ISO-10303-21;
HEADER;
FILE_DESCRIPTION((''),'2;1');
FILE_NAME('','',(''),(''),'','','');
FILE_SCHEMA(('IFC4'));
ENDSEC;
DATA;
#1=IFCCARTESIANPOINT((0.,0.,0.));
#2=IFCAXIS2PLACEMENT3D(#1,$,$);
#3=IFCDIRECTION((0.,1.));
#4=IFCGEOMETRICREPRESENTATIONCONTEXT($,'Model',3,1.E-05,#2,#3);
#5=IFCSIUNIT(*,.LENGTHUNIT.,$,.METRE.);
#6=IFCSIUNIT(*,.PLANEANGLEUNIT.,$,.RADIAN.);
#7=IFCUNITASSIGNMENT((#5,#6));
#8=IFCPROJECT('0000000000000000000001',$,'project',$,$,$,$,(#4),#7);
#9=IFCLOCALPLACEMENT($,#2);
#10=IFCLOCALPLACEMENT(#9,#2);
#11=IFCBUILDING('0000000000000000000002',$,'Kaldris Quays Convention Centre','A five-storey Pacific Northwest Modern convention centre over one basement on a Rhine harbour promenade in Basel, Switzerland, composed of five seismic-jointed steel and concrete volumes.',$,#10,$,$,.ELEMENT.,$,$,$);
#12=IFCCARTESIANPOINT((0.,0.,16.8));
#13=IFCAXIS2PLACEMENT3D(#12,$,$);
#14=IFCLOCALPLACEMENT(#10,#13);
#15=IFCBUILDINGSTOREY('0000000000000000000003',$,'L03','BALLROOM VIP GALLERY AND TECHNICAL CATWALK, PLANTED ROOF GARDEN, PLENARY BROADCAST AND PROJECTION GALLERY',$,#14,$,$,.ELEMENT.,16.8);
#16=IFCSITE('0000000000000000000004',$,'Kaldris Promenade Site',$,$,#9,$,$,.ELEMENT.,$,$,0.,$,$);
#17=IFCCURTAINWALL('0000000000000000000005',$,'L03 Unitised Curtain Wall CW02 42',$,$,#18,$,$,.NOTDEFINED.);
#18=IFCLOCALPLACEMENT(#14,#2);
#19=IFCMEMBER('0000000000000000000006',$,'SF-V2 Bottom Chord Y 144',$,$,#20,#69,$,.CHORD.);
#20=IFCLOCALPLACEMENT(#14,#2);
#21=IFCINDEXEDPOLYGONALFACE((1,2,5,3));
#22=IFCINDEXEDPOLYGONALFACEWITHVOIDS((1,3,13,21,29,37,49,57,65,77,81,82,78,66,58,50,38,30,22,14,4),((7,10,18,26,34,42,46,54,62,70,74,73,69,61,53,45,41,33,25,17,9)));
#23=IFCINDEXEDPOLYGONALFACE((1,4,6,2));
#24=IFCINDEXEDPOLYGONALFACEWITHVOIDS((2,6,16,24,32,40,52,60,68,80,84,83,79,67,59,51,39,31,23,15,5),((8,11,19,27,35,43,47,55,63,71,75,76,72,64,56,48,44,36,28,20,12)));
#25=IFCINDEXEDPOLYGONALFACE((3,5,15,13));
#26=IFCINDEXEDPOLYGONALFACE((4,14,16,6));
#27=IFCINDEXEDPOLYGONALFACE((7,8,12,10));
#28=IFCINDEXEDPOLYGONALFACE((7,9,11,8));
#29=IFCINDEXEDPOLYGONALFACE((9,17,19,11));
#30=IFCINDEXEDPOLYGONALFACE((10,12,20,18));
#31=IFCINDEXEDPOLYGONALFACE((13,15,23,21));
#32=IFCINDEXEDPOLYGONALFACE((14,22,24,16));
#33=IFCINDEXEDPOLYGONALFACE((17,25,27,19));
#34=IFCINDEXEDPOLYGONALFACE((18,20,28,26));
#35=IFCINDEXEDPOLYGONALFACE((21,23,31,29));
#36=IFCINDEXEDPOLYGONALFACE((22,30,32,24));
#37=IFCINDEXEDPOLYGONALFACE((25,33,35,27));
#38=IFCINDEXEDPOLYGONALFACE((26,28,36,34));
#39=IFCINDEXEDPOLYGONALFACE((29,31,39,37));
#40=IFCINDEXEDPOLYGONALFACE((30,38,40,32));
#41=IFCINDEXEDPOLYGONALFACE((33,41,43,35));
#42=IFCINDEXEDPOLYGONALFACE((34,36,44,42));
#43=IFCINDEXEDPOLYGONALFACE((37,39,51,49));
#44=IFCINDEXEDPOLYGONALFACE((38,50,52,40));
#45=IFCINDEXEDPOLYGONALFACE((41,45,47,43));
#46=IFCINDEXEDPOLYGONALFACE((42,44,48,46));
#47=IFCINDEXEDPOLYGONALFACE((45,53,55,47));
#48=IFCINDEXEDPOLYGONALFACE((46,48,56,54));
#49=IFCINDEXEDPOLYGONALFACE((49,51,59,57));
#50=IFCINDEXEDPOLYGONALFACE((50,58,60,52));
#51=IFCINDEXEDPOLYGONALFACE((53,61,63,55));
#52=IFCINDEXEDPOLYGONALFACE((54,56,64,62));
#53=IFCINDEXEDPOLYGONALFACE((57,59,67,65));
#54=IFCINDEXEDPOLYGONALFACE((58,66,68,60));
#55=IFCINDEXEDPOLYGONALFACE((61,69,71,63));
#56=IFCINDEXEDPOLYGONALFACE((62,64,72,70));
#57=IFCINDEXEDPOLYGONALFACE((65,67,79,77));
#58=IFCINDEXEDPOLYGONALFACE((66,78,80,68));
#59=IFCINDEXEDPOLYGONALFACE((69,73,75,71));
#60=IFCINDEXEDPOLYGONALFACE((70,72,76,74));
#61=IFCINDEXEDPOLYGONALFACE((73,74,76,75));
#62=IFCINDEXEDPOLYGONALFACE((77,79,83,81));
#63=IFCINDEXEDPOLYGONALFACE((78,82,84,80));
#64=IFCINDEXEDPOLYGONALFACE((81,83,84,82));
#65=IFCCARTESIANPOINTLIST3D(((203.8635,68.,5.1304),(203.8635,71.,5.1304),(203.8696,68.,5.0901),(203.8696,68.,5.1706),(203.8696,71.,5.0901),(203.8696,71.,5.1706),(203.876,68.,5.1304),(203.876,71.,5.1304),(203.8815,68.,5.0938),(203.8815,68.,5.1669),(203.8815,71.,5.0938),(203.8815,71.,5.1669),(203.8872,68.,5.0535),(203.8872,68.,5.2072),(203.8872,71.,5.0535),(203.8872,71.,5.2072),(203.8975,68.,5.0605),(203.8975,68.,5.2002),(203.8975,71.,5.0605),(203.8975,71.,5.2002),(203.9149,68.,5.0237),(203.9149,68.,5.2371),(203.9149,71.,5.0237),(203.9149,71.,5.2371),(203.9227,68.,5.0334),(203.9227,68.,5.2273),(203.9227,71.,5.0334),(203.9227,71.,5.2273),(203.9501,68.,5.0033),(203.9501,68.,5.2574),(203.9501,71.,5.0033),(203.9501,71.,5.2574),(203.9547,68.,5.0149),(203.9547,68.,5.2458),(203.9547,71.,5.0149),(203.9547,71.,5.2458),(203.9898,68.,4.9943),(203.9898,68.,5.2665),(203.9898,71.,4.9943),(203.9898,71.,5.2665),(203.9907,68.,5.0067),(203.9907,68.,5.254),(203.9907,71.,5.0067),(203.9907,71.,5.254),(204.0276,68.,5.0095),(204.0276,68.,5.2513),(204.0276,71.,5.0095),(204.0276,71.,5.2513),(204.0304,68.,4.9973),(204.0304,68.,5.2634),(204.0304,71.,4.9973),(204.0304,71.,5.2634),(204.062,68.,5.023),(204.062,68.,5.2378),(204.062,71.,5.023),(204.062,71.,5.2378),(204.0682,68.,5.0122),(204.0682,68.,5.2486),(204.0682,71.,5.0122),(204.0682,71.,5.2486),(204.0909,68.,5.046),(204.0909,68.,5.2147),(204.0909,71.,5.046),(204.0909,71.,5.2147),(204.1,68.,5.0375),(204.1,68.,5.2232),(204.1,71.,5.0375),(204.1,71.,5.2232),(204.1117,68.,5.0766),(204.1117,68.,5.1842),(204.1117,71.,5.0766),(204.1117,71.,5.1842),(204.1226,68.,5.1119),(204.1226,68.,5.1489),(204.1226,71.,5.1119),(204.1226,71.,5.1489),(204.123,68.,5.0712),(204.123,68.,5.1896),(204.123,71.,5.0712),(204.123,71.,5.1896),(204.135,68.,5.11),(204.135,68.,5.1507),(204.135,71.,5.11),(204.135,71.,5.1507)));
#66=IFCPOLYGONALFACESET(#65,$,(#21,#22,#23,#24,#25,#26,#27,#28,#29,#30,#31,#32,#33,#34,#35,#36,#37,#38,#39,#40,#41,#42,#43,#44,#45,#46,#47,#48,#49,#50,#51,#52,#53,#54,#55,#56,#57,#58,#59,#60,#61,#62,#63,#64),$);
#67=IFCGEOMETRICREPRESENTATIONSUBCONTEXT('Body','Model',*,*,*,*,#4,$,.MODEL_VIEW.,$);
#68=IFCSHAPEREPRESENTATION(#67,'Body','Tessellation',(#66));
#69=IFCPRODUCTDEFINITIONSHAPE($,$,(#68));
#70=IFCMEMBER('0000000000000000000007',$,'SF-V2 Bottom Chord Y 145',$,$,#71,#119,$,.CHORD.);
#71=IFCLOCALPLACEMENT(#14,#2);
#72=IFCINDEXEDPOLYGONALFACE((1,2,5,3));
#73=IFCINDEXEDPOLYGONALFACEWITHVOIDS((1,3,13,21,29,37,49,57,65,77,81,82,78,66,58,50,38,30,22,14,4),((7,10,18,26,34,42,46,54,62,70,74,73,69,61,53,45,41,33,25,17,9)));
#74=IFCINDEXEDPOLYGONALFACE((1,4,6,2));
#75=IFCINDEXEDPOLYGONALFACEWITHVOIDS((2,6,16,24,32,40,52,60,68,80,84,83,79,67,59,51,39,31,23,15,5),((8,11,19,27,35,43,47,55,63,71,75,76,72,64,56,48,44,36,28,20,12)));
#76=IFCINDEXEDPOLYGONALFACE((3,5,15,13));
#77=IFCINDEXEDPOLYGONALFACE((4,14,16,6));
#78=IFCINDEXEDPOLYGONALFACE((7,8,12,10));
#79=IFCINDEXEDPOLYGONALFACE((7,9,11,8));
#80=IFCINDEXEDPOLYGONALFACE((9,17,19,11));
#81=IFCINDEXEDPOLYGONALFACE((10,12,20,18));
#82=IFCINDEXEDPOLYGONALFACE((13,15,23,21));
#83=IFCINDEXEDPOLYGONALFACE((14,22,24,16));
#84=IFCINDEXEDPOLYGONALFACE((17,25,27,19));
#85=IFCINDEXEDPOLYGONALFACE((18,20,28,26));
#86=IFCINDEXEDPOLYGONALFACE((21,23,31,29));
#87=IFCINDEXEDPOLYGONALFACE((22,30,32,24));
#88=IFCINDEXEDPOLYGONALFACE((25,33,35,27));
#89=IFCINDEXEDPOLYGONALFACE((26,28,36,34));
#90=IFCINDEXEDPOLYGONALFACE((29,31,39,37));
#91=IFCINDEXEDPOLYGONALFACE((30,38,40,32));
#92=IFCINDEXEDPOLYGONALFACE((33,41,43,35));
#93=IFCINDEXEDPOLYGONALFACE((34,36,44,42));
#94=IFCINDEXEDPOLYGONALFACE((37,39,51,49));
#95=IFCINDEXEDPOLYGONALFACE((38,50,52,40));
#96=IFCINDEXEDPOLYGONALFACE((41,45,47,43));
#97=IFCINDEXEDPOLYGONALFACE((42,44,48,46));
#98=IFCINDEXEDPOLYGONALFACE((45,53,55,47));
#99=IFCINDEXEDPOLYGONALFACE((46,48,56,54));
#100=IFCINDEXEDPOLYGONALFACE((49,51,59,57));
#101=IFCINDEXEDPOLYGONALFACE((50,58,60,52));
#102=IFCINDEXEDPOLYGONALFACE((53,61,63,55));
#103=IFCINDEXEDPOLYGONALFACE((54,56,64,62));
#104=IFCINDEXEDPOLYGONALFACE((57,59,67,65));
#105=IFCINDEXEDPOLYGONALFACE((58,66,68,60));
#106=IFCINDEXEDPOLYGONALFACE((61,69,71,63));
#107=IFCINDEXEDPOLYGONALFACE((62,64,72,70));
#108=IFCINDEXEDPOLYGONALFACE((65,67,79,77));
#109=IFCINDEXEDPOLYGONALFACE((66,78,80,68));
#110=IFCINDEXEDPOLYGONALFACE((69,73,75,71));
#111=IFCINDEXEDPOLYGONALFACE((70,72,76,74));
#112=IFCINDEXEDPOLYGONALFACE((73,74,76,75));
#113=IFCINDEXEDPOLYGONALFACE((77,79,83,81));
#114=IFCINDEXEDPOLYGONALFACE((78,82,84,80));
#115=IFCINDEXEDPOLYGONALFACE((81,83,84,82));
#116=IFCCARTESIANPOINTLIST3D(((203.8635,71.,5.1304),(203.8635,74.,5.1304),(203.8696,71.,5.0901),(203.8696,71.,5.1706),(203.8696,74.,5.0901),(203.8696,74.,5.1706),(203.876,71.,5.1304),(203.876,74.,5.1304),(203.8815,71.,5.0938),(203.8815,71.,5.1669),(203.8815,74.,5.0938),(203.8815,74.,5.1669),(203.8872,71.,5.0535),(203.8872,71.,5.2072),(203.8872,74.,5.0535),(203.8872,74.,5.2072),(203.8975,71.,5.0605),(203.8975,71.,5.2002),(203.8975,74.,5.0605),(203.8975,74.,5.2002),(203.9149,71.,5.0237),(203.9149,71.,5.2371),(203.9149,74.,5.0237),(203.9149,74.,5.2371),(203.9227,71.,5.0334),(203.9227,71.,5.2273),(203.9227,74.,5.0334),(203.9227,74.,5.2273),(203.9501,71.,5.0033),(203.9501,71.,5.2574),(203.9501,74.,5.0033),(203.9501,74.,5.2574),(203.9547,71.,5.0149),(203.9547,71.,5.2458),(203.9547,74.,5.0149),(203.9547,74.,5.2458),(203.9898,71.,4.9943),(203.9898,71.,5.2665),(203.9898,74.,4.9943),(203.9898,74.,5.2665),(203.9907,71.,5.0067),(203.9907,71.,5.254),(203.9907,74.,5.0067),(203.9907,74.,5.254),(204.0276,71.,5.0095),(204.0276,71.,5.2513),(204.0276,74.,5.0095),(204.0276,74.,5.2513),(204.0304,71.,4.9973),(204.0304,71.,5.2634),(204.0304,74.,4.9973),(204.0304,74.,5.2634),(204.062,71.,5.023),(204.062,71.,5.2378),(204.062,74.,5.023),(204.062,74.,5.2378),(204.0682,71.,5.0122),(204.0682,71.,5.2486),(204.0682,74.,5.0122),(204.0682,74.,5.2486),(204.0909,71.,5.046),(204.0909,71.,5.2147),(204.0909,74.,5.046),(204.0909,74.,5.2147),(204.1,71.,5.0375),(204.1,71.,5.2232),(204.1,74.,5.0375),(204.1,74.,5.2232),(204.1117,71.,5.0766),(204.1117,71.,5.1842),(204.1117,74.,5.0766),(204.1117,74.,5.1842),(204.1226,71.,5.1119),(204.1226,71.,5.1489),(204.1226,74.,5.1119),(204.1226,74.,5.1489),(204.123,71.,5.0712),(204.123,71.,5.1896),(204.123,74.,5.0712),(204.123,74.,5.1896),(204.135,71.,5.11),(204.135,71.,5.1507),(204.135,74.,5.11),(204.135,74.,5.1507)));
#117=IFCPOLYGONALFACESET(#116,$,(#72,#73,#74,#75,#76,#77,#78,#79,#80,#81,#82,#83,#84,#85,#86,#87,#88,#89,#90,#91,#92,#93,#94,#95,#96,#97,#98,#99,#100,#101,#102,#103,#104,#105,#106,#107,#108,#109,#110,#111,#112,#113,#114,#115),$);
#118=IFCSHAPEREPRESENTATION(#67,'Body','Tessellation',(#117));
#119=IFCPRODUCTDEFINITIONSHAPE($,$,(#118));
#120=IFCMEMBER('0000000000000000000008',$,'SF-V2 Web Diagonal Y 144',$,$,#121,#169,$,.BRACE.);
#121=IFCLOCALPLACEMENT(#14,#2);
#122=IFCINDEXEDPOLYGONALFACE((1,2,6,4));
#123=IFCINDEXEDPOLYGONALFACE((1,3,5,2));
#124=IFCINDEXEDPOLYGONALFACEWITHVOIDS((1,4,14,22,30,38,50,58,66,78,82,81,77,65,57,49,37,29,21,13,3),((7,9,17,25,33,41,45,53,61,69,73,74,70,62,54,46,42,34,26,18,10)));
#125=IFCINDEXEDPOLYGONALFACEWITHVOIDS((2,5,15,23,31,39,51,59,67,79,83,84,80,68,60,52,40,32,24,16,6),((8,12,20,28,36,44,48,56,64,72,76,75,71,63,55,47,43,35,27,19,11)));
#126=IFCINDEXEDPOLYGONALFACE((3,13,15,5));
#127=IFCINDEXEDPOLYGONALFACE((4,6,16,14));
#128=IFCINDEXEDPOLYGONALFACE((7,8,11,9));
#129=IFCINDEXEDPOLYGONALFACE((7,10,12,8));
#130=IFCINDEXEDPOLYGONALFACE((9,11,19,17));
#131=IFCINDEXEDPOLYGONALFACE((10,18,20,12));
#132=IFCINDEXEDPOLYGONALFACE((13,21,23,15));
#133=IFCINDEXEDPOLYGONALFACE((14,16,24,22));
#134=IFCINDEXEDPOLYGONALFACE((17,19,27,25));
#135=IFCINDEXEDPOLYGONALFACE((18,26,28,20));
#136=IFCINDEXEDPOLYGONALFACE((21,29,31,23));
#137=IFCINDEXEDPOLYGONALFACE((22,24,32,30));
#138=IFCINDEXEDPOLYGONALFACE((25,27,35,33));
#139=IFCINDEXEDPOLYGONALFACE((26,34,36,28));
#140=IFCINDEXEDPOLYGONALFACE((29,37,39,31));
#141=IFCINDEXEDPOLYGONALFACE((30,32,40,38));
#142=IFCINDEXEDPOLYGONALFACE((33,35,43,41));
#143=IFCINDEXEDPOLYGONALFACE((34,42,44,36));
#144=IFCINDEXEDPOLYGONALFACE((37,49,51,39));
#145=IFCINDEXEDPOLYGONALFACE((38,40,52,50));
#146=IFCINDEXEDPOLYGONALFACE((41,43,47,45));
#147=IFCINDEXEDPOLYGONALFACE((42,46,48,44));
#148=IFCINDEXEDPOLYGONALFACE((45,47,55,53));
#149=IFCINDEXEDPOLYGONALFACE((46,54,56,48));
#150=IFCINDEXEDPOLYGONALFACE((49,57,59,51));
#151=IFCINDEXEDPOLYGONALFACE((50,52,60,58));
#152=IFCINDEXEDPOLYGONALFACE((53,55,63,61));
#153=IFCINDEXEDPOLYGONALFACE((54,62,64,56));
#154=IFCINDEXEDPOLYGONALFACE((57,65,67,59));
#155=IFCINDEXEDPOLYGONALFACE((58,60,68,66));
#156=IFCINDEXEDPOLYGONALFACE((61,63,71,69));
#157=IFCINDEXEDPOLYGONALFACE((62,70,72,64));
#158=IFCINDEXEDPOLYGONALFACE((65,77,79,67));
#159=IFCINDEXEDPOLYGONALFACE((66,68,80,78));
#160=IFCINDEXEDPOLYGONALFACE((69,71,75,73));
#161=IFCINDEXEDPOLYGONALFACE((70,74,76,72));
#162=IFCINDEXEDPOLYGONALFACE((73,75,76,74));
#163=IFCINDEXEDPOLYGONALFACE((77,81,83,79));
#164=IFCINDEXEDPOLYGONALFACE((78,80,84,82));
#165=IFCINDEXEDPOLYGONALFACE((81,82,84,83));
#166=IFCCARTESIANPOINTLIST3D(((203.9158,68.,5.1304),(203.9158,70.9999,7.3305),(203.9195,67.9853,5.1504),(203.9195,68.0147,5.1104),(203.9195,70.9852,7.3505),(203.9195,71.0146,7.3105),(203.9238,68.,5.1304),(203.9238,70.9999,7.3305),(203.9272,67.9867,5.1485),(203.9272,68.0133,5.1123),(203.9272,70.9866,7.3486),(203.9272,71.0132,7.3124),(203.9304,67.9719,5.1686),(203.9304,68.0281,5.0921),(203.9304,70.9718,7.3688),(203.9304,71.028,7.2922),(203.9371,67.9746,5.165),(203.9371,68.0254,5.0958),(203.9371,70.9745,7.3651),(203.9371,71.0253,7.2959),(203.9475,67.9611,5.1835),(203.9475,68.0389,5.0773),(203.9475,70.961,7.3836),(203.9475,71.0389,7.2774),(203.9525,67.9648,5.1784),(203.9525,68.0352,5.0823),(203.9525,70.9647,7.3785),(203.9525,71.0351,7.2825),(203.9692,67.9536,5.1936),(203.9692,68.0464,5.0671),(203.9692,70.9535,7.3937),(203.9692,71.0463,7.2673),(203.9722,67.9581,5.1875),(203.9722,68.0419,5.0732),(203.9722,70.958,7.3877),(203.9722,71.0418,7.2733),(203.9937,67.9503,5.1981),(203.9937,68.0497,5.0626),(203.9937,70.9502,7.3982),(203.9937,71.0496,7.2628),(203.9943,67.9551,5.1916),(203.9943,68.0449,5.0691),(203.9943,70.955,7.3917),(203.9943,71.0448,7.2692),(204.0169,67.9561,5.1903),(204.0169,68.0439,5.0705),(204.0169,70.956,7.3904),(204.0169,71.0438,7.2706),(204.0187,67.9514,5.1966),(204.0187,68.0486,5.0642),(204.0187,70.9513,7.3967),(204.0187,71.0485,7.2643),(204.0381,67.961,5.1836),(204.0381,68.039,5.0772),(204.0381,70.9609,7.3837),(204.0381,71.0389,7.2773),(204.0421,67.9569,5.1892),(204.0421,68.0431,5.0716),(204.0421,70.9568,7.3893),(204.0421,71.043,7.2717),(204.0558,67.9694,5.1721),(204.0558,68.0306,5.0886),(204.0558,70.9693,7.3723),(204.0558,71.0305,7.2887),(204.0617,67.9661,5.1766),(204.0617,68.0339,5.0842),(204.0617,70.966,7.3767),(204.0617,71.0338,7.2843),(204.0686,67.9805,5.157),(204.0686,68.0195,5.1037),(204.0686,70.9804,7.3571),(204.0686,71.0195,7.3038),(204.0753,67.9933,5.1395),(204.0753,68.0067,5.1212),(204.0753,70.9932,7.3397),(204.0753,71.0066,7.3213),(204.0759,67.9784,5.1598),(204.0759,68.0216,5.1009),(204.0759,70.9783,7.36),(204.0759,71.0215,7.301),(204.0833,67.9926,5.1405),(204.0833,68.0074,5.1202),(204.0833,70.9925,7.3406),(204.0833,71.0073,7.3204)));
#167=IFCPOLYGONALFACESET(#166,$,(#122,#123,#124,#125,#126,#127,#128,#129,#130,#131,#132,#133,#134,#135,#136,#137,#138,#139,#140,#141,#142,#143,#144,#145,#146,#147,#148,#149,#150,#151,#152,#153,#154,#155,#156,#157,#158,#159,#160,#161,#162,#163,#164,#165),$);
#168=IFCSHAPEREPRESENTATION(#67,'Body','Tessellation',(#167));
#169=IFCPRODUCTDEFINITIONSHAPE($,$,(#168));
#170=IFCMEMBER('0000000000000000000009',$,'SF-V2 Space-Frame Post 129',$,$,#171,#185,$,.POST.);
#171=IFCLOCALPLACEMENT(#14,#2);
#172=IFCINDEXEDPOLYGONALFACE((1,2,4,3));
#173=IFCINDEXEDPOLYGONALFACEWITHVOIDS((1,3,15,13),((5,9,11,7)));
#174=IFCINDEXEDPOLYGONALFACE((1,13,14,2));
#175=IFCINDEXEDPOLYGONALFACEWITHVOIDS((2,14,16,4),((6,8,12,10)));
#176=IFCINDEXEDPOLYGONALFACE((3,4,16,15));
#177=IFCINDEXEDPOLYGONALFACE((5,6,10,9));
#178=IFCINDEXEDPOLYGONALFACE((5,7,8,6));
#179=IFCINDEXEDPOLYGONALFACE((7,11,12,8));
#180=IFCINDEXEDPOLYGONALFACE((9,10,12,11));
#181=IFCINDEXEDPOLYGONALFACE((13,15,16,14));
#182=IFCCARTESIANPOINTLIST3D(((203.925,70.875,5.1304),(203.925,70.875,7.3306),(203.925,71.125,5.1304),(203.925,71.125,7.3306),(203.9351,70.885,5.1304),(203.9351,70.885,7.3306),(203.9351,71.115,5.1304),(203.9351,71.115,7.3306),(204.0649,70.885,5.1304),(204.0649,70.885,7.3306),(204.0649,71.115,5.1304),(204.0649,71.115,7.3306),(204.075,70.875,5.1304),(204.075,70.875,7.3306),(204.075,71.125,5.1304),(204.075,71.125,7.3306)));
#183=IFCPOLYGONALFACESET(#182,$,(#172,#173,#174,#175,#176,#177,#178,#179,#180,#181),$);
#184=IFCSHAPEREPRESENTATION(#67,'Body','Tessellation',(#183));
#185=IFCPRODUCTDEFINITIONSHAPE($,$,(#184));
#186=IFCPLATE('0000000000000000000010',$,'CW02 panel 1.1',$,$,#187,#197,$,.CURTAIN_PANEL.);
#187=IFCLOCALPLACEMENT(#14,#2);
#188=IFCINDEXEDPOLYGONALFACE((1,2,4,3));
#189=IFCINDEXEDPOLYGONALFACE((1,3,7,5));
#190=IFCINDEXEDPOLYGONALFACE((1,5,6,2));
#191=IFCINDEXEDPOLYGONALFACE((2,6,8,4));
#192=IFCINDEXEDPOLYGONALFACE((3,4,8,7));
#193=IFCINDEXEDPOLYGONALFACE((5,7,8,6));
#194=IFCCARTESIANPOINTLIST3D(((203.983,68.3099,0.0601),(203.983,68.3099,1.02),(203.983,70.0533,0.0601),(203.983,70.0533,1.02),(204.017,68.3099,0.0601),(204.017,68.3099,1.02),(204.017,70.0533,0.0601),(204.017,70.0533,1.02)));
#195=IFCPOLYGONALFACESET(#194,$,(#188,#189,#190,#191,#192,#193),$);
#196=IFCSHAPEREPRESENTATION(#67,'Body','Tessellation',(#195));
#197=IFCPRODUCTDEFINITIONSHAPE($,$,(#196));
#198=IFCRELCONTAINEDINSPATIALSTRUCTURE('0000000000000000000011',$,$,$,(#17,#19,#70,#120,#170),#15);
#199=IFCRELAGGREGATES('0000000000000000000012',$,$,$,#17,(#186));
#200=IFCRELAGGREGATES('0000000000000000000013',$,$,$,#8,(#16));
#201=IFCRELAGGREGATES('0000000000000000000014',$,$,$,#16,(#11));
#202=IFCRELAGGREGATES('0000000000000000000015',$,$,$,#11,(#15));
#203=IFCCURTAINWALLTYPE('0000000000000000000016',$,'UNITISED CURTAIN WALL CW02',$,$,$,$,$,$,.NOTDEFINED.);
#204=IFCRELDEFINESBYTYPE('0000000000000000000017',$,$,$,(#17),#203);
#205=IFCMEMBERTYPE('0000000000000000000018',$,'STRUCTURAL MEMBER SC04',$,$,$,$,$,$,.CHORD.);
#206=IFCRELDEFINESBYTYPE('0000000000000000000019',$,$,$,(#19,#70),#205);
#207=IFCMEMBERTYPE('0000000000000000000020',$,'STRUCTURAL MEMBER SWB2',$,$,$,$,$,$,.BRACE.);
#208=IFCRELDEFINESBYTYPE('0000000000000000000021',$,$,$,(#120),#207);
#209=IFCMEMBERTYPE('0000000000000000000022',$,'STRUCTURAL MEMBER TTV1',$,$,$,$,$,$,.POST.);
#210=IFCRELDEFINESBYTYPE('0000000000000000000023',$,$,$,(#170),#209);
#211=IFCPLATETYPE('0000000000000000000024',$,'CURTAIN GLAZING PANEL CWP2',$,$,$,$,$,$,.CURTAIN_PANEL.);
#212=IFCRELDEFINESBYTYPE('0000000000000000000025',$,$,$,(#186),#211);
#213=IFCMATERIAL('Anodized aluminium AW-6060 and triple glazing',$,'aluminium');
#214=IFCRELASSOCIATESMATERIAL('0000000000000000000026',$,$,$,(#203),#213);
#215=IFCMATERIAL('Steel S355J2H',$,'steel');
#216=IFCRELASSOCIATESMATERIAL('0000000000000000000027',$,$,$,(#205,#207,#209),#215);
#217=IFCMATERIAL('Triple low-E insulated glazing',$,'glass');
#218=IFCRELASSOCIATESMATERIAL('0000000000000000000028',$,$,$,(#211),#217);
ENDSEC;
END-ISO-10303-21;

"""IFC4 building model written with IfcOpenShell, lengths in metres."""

from ifc_helpers import new_model, si_unit, direction, frame, origin, origin_2d, place, context, subcontext, project, spatial, rectangle, hollow_rectangle, hollow_circle, extrude, material, material_profile, profile_set, type_object, element, aggregate, save


model = new_model("IFC4")

# Units and contexts
model_context = context("Model", 3, precision=1e-05, world=origin(), true_north=direction((0.0, 1.0)))
body_context = subcontext(model_context, "Body", "Model", "MODEL_VIEW")
ifc_project = project(units=[si_unit("LENGTHUNIT", "METRE"), si_unit("PLANEANGLEUNIT", "RADIAN")], contexts=[model_context])

# Site, building, storey
site_placement = place(None, origin())
site = spatial("IfcSite", under=ifc_project, at=site_placement, Name="Kaldris Promenade Site", CompositionType="ELEMENT", RefElevation=0.0)
building_placement = place(site_placement, origin())
building = spatial("IfcBuilding", under=site, at=building_placement, Name="Kaldris Quays Convention Centre", Description="A five-storey Pacific Northwest Modern convention centre over one basement on a Rhine harbour promenade in Basel, Switzerland, composed of five seismic-jointed steel and concrete volumes.", CompositionType="ELEMENT")
storey_placement = place(building_placement, frame((0.0, 0.0, 16.8)))
storey = spatial("IfcBuildingStorey", under=building, at=storey_placement, Name="L03", Description="BALLROOM VIP GALLERY AND TECHNICAL CATWALK, PLANTED ROOF GARDEN, PLENARY BROADCAST AND PROJECTION GALLERY", CompositionType="ELEMENT", Elevation=16.8)

# Curtain wall
ifc_material_1 = material(Name="Anodized aluminium AW-6060 and triple glazing", Category="aluminium")
curtain_wall_type = type_object("IfcCurtainWallType", Name="UNITISED CURTAIN WALL CW02", PredefinedType="NOTDEFINED", material=ifc_material_1)
curtain_wall_placement = place(storey_placement, origin())
curtain_wall = element("IfcCurtainWall", 1, at=curtain_wall_placement, inside=storey, type_object=curtain_wall_type, Name="L03 Unitised Curtain Wall CW02 42", PredefinedType="NOTDEFINED")

# Members
ifc_material_2 = material(Name="Steel S355J2H", Category="steel")
ifc_material_profile_1 = material_profile(ifc_material_2, hollow_circle(Radius=0.1365, WallThickness=0.0125, at=origin_2d()), Name="CHS 273x12.5")
ifc_profile_set_1 = profile_set([ifc_material_profile_1], Name="Steel S355J2H")
member_type_1 = type_object("IfcMemberType", Name="STRUCTURAL MEMBER SC04", PredefinedType="CHORD", material=ifc_profile_set_1)
for number, where, z_axis, x_axis, name in (
    (2, (204.0, 68.0, 5.1304), (0.0, 1.0, 0.0), (-1.0, 0.0, 0.0), "SF-V2 Bottom Chord Y 144"),
    (3, (204.0, 71.0, 5.1304), (0.0, 1.0, 0.0), (-1.0, 0.0, 0.0), "SF-V2 Bottom Chord Y 145"),
):
    element("IfcMember", number, at=place(storey_placement, frame(where, z_axis=z_axis, x_axis=x_axis)), inside=storey, type_object=member_type_1, Name=name, PredefinedType="CHORD", context=body_context, shape_type="SweptSolid", body=[
        extrude(hollow_circle(Radius=0.1365, WallThickness=0.0125, at=origin_2d()), origin(), (0.0, 0.0, 1.0), 3.0),
    ])
ifc_material_profile_2 = material_profile(ifc_material_2, hollow_circle(Radius=0.0842, WallThickness=0.0081, at=origin_2d()), Name="CHS 168.3x8")
ifc_profile_set_2 = profile_set([ifc_material_profile_2], Name="Steel S355J2H")
member_type_2 = type_object("IfcMemberType", Name="STRUCTURAL MEMBER SWB2", PredefinedType="BRACE", material=ifc_profile_set_2)
member_1_placement = place(storey_placement, frame((204.0, 68.0, 5.1304), z_axis=(0.0, 0.80638, 0.591398), x_axis=(-1.0, 0.0, 0.0)))
element("IfcMember", 4, at=member_1_placement, inside=storey, type_object=member_type_2, Name="SF-V2 Web Diagonal Y 144", PredefinedType="BRACE", context=body_context, shape_type="SweptSolid", body=[
    extrude(hollow_circle(Radius=0.0842, WallThickness=0.0081, at=origin_2d()), origin(), (0.0, 0.0, 1.0), 3.7202),
])
ifc_material_profile_3 = material_profile(ifc_material_2, hollow_rectangle(XDim=0.1499, YDim=0.25, WallThickness=0.01, at=origin_2d()), Name="RHS 250x150x10")
ifc_profile_set_3 = profile_set([ifc_material_profile_3], Name="Steel S355J2H")
member_type_3 = type_object("IfcMemberType", Name="STRUCTURAL MEMBER TTV1", PredefinedType="POST", material=ifc_profile_set_3)
member_2_placement = place(storey_placement, frame((204.0, 71.0, 5.1304), z_axis=(0.0, 0.0, 1.0), x_axis=(1.0, 0.0, 0.0)))
element("IfcMember", 5, at=member_2_placement, inside=storey, type_object=member_type_3, Name="SF-V2 Space-Frame Post 129", PredefinedType="POST", context=body_context, shape_type="SweptSolid", body=[
    extrude(hollow_rectangle(XDim=0.1499, YDim=0.25, WallThickness=0.01, at=origin_2d()), origin(), (0.0, 0.0, 1.0), 2.2002),
])

# Plate
ifc_material_3 = material(Name="Triple low-E insulated glazing", Category="glass")
plate_type = type_object("IfcPlateType", Name="CURTAIN GLAZING PANEL CWP2", PredefinedType="CURTAIN_PANEL", material=ifc_material_3)
plate_1_placement = place(storey_placement, frame((204.0, 69.1816, 0.0601), z_axis=(0.0, 0.0, 1.0), x_axis=(0.0, 1.0, 0.0)))
plate_1 = element("IfcPlate", 6, at=plate_1_placement, type_object=plate_type, Name="CW02 panel 1.1", PredefinedType="CURTAIN_PANEL", context=body_context, shape_type="SweptSolid", body=[
    extrude(rectangle(XDim=1.7434, YDim=0.0339, at=origin_2d()), origin(), (0.0, 0.0, 1.0), 0.96),
])
aggregate(curtain_wall, [plate_1])

save(model, "model.ifc")
